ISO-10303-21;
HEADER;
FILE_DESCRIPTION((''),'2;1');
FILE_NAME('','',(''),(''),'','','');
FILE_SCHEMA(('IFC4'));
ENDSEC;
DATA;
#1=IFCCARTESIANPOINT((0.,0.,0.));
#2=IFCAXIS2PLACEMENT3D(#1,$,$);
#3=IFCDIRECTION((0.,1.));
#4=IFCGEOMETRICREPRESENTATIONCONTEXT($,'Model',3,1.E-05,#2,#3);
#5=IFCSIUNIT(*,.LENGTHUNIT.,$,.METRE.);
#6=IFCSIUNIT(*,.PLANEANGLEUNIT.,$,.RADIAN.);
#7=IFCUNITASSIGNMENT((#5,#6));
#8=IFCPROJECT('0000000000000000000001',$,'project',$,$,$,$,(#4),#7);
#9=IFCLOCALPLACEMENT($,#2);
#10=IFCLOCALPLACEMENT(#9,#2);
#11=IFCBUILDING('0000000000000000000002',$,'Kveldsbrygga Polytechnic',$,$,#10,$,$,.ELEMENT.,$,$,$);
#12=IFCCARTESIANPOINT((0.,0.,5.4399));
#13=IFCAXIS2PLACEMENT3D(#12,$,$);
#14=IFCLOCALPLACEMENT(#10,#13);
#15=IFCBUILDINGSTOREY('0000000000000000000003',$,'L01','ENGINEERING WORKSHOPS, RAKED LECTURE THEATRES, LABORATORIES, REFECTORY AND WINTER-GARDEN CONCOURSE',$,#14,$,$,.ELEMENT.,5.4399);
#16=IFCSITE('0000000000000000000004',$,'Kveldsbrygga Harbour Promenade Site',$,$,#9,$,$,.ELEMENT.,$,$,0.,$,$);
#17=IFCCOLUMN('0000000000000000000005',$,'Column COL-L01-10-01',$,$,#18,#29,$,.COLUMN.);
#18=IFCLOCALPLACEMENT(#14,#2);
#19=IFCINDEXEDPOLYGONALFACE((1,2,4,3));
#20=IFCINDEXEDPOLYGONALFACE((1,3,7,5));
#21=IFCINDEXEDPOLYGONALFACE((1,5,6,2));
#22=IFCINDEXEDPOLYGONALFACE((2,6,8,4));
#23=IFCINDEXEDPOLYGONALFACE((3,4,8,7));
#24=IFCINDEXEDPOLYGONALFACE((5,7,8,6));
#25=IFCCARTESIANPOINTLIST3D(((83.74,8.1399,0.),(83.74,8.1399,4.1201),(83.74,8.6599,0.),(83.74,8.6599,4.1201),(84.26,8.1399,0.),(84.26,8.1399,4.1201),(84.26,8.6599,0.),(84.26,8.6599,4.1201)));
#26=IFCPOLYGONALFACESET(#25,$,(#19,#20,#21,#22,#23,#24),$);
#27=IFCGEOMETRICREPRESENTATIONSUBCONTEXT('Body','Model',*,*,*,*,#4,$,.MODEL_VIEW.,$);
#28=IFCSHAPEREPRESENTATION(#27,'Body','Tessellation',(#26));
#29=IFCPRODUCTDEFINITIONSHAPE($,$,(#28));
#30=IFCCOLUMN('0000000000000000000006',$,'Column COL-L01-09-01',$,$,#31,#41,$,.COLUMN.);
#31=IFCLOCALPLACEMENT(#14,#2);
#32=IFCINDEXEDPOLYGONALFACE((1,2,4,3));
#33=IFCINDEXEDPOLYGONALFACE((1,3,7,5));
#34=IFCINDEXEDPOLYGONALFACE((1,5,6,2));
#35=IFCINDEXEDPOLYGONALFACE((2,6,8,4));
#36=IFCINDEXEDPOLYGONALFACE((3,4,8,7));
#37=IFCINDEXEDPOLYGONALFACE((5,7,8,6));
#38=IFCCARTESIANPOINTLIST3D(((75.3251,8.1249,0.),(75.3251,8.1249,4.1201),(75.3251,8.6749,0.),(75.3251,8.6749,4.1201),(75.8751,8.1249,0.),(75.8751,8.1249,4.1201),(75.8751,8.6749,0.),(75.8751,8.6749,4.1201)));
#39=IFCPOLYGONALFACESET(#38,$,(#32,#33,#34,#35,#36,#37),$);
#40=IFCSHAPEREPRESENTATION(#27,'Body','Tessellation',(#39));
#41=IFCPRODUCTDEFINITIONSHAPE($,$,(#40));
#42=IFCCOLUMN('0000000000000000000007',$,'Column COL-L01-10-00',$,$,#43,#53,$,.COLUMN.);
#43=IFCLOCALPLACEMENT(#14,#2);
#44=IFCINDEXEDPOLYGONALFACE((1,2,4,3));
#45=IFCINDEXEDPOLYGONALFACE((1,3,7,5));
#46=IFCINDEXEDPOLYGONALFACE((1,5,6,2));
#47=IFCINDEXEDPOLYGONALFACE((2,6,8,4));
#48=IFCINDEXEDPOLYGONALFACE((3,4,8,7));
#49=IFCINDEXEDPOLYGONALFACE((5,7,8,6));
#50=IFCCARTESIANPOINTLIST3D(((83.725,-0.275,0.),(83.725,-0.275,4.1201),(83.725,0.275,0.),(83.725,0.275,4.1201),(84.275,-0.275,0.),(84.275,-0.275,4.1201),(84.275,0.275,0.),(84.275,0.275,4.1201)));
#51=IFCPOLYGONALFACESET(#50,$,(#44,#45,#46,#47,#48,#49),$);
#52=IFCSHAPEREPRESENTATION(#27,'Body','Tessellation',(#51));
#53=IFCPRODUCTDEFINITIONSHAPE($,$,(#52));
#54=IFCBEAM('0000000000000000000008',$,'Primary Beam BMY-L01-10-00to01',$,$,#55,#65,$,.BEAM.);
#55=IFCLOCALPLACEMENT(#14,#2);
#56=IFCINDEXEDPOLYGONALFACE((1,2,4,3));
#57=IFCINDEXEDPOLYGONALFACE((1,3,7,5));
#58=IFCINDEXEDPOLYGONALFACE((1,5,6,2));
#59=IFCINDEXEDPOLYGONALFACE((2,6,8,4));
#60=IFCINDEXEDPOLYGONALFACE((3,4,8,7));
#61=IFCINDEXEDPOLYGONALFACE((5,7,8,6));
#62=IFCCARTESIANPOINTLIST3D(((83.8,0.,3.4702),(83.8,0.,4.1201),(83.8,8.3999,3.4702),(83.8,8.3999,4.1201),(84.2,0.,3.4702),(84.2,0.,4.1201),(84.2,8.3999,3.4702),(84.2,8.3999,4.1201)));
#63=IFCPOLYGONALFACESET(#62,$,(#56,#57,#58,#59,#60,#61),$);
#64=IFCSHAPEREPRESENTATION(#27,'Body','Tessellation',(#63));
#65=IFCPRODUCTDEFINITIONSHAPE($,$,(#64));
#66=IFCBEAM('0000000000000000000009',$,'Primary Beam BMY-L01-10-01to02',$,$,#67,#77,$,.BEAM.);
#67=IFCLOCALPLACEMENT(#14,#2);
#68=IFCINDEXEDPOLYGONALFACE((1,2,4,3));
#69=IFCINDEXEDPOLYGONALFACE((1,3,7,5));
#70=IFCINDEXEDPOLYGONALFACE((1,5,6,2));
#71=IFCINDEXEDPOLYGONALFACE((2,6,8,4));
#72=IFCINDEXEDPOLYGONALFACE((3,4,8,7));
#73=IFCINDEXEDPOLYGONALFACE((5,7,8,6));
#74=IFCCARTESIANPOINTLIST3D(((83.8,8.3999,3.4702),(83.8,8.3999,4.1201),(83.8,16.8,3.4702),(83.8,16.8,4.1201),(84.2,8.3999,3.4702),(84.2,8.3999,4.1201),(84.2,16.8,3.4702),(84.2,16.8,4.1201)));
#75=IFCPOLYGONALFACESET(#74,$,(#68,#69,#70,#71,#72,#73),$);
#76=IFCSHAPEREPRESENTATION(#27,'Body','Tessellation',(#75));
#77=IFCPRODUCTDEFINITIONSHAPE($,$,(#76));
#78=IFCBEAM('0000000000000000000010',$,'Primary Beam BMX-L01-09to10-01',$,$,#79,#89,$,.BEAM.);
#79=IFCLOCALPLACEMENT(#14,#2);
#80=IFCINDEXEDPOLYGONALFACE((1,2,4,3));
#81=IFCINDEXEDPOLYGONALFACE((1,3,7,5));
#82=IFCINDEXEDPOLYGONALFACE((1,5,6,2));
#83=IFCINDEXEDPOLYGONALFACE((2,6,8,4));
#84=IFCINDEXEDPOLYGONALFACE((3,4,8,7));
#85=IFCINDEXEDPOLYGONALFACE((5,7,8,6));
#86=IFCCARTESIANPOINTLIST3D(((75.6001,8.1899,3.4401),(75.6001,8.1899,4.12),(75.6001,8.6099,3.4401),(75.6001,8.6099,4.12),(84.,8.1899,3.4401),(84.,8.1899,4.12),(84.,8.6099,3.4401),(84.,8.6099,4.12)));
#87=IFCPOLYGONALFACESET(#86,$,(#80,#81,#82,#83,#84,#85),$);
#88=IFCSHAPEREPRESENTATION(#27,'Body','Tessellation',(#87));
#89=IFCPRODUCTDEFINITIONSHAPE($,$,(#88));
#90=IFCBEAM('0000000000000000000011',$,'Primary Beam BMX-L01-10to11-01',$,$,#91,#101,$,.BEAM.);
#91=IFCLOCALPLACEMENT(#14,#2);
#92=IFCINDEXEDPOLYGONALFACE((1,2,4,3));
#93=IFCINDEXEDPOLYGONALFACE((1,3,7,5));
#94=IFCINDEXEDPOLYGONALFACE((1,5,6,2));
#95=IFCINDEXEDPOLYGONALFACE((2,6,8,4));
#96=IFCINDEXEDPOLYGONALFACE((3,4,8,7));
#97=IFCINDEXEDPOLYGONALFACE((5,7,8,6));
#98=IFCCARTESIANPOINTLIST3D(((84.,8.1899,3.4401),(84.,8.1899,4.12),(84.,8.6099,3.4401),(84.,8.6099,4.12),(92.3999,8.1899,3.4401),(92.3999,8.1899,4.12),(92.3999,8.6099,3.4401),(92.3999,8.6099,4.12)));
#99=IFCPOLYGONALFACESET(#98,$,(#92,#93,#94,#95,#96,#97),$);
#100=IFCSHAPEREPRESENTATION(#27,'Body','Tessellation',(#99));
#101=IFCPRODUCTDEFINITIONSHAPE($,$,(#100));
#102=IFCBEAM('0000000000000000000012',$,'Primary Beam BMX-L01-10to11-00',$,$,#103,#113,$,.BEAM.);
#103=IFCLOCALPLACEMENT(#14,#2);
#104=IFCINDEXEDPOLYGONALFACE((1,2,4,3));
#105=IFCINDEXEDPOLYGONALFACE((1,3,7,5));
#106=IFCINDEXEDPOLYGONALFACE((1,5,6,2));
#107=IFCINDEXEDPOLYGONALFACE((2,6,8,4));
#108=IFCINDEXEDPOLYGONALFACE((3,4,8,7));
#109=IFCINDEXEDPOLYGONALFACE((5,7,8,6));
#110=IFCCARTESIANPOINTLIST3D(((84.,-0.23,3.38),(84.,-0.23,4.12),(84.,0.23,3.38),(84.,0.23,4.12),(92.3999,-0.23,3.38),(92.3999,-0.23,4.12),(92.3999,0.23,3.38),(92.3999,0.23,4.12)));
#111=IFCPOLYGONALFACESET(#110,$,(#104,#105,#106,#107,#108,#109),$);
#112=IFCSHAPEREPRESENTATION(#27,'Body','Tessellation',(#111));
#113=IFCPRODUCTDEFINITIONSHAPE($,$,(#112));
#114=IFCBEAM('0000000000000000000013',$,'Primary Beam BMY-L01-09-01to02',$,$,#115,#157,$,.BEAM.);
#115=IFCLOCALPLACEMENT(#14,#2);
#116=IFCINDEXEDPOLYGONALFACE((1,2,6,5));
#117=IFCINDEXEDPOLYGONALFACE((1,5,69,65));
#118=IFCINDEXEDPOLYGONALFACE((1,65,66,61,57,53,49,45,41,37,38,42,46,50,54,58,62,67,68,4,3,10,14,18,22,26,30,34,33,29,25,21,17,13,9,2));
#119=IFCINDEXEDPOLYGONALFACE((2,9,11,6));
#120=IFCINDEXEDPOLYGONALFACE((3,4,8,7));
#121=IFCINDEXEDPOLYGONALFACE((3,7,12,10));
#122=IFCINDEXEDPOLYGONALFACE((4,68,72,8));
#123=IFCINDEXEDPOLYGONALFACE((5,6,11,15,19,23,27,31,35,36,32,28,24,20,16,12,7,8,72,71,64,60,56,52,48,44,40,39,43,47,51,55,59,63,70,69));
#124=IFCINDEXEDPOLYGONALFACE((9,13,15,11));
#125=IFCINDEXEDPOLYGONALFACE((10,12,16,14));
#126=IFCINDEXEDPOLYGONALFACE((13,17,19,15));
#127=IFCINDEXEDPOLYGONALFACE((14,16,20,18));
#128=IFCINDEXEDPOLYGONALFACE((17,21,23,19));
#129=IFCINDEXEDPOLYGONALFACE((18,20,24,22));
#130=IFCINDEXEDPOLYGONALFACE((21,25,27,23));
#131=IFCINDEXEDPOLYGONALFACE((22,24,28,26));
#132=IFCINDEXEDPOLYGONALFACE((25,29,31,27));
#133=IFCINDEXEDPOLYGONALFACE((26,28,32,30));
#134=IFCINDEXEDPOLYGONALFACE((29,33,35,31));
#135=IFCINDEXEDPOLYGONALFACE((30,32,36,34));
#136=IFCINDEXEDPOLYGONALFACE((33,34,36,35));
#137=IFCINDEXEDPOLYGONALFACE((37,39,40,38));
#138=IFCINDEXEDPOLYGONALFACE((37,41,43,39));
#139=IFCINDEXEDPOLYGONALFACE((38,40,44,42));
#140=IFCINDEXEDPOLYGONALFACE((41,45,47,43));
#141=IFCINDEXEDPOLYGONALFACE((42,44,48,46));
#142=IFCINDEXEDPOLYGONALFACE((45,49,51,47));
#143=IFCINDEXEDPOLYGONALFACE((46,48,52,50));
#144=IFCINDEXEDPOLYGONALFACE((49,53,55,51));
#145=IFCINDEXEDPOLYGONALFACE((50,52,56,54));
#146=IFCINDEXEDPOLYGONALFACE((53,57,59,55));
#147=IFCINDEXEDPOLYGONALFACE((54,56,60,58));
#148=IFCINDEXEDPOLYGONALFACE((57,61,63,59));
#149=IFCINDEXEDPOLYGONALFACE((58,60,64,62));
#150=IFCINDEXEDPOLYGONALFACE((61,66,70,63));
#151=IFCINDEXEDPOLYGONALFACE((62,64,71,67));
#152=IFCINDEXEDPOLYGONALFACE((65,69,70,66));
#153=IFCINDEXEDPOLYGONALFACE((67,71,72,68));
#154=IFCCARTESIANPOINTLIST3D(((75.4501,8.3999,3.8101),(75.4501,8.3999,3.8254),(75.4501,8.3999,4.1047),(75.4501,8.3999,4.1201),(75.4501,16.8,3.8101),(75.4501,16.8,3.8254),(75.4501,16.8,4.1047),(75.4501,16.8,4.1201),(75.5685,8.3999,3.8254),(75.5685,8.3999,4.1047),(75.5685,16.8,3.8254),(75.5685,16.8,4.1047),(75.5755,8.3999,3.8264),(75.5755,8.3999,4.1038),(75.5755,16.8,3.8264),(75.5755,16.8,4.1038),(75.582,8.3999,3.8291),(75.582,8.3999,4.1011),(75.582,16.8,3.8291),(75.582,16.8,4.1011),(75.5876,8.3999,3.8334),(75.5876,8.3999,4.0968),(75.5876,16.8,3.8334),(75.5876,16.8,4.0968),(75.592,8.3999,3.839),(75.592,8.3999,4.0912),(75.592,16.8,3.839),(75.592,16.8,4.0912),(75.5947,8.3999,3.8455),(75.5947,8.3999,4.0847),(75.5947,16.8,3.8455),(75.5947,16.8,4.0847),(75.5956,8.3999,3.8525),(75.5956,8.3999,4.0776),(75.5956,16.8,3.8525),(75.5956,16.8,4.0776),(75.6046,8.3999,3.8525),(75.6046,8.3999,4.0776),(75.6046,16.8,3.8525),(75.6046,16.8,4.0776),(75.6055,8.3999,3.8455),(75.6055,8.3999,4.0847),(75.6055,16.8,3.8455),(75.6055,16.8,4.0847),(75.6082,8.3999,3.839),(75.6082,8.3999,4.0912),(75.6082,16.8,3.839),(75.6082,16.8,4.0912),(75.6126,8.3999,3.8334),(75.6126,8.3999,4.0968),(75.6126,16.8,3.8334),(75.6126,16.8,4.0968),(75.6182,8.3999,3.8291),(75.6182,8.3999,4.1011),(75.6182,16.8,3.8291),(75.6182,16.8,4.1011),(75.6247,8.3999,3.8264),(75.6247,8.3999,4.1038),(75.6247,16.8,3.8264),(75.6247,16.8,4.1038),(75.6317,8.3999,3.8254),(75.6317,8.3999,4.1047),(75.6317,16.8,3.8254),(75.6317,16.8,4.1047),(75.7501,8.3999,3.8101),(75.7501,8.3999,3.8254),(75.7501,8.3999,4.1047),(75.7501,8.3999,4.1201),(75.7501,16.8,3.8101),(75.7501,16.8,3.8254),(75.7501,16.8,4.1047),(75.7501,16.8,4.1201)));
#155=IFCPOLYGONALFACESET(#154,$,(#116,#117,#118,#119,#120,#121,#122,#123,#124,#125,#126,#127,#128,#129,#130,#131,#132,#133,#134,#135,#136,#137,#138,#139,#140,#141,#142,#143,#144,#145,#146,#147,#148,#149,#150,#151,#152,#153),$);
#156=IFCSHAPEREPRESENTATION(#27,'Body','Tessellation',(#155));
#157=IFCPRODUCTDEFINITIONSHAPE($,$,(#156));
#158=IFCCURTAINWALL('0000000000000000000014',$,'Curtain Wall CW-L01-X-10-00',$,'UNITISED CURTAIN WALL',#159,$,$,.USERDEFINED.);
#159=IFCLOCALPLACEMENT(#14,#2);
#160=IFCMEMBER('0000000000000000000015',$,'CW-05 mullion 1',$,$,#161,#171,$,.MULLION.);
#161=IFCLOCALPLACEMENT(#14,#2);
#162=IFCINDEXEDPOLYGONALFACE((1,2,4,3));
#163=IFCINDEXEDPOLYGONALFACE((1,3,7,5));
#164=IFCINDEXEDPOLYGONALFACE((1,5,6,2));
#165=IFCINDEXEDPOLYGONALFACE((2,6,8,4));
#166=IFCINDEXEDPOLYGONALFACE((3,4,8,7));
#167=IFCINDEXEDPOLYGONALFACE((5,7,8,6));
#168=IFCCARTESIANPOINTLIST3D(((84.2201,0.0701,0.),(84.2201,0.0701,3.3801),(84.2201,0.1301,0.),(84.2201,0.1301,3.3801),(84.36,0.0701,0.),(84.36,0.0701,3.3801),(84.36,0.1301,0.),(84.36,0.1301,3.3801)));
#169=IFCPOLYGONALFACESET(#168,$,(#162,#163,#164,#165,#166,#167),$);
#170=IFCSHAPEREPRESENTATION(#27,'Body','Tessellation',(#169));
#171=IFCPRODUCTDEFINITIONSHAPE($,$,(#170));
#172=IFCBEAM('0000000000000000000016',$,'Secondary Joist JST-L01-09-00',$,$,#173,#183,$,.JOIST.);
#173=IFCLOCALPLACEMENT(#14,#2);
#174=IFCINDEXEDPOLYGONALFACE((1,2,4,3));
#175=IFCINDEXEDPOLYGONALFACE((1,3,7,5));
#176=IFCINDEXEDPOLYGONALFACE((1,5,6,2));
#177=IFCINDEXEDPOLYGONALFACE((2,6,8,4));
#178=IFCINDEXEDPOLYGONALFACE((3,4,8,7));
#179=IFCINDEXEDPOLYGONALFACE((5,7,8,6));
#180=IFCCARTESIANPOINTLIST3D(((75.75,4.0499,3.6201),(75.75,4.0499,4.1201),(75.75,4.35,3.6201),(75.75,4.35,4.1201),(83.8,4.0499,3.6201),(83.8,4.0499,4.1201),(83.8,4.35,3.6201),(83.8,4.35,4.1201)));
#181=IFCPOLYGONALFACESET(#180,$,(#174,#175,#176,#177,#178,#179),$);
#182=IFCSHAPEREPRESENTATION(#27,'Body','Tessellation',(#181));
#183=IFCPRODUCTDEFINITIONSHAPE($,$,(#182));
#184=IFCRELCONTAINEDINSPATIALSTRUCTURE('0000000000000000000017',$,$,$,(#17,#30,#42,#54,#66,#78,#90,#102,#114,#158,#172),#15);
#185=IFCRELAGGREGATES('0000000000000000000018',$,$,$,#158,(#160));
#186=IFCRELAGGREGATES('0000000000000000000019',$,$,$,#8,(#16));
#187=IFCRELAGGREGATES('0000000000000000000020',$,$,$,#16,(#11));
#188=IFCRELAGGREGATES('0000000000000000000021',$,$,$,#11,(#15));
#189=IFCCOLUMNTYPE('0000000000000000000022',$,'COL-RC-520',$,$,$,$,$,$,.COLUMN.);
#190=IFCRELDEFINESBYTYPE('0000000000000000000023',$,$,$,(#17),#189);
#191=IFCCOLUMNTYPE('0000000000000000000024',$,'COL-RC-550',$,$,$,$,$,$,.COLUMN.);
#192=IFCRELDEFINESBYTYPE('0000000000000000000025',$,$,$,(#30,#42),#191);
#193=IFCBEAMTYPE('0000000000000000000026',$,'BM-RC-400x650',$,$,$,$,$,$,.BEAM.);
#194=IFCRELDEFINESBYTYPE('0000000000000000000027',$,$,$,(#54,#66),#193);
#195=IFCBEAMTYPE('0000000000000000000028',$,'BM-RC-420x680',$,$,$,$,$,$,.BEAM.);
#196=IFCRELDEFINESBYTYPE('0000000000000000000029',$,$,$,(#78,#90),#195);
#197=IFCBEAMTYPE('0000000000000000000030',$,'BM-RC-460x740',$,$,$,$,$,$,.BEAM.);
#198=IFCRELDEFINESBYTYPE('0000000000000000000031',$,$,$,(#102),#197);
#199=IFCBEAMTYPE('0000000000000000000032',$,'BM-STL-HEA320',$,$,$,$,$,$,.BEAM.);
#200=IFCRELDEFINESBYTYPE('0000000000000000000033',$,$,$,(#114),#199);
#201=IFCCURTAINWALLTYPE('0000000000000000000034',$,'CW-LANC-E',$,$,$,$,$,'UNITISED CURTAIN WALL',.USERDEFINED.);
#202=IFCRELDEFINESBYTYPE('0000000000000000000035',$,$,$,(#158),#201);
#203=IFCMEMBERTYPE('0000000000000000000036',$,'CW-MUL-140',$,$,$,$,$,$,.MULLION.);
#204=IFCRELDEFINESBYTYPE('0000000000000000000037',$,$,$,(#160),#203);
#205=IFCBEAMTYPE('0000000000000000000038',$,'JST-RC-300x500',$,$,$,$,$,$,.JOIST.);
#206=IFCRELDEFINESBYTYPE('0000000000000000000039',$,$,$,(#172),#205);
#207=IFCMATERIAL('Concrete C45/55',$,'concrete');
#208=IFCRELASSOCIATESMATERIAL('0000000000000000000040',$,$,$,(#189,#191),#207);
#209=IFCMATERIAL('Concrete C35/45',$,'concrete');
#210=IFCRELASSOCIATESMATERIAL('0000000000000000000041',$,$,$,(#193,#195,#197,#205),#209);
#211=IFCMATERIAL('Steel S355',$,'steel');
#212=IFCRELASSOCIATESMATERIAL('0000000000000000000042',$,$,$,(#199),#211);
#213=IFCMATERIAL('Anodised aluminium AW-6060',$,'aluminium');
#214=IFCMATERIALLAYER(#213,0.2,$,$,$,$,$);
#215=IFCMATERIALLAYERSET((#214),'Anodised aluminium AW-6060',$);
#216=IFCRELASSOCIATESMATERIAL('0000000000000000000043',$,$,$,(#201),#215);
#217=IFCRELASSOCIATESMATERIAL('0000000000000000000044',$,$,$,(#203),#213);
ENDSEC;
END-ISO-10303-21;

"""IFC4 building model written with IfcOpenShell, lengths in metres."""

from ifc_helpers import new_model, si_unit, direction, frame, origin, origin_2d, place, context, subcontext, project, spatial, rectangle, i_section, extrude, material, layer, layer_set, material_profile, profile_set, type_object, element, aggregate, save


model = new_model("IFC4")

# Units and contexts
model_context = context("Model", 3, precision=1e-05, world=origin(), true_north=direction((0.0, 1.0)))
body_context = subcontext(model_context, "Body", "Model", "MODEL_VIEW")
ifc_project = project(units=[si_unit("LENGTHUNIT", "METRE"), si_unit("PLANEANGLEUNIT", "RADIAN")], contexts=[model_context])

# Site, building, storey
site_placement = place(None, origin())
site = spatial("IfcSite", under=ifc_project, at=site_placement, Name="Kveldsbrygga Harbour Promenade Site", CompositionType="ELEMENT", RefElevation=0.0)
building_placement = place(site_placement, origin())
building = spatial("IfcBuilding", under=site, at=building_placement, Name="Kveldsbrygga Polytechnic", CompositionType="ELEMENT")
storey_placement = place(building_placement, frame((0.0, 0.0, 5.4399)))
storey = spatial("IfcBuildingStorey", under=building, at=storey_placement, Name="L01", Description="ENGINEERING WORKSHOPS, RAKED LECTURE THEATRES, LABORATORIES, REFECTORY AND WINTER-GARDEN CONCOURSE", CompositionType="ELEMENT", Elevation=5.4399)

# Columns
ifc_material_1 = material(Name="Concrete C45/55", Category="concrete")
ifc_material_profile_1 = material_profile(ifc_material_1, rectangle(XDim=0.52, YDim=0.52, at=origin_2d()), Name="RC 520x520")
ifc_profile_set_1 = profile_set([ifc_material_profile_1], Name="Concrete C45/55")
column_type_1 = type_object("IfcColumnType", Name="COL-RC-520", PredefinedType="COLUMN", material=ifc_profile_set_1)
column_placement = place(storey_placement, frame((84.0, 8.3999, 0.0), z_axis=(0.0, 0.0, 1.0), x_axis=(1.0, 0.0, 0.0)))
element("IfcColumn", 1, at=column_placement, inside=storey, type_object=column_type_1, Name="Column COL-L01-10-01", PredefinedType="COLUMN", context=body_context, shape_type="SweptSolid", body=[
    extrude(rectangle(XDim=0.52, YDim=0.52, at=origin_2d()), origin(), (0.0, 0.0, 1.0), 4.1201),
])
ifc_material_profile_2 = material_profile(ifc_material_1, rectangle(XDim=0.55, YDim=0.55, at=origin_2d()), Name="RC 550x550")
ifc_profile_set_2 = profile_set([ifc_material_profile_2], Name="Concrete C45/55")
column_type_2 = type_object("IfcColumnType", Name="COL-RC-550", PredefinedType="COLUMN", material=ifc_profile_set_2)
for number, where, z_axis, x_axis, name in (
    (2, (75.6001, 8.3999, 0.0), (0.0, 0.0, 1.0), (1.0, 0.0, 0.0), "Column COL-L01-09-01"),
    (3, (84.0, 0.0, 0.0), (0.0, 0.0, 1.0), (1.0, 0.0, 0.0), "Column COL-L01-10-00"),
):
    element("IfcColumn", number, at=place(storey_placement, frame(where, z_axis=z_axis, x_axis=x_axis)), inside=storey, type_object=column_type_2, Name=name, PredefinedType="COLUMN", context=body_context, shape_type="SweptSolid", body=[
        extrude(rectangle(XDim=0.55, YDim=0.55, at=origin_2d()), origin(), (0.0, 0.0, 1.0), 4.1201),
    ])

# Beams
ifc_material_2 = material(Name="Concrete C35/45", Category="concrete")
ifc_material_profile_3 = material_profile(ifc_material_2, rectangle(XDim=0.3999, YDim=0.6499, at=origin_2d()), Name="RC 400x650")
ifc_profile_set_3 = profile_set([ifc_material_profile_3], Name="Concrete C35/45")
beam_type_1 = type_object("IfcBeamType", Name="BM-RC-400x650", PredefinedType="BEAM", material=ifc_profile_set_3)
beam_1_placement = place(storey_placement, frame((84.0, 0.0, 3.7952), z_axis=(0.0, 1.0, 0.0), x_axis=(-1.0, 0.0, 0.0)))
element("IfcBeam", 4, at=beam_1_placement, inside=storey, type_object=beam_type_1, Name="Primary Beam BMY-L01-10-00to01", PredefinedType="BEAM", context=body_context, shape_type="SweptSolid", body=[
    extrude(rectangle(XDim=0.3999, YDim=0.6499, at=origin_2d()), origin(), (0.0, 0.0, 1.0), 8.3999),
])
beam_2_placement = place(storey_placement, frame((84.0, 8.3999, 3.7952), z_axis=(0.0, 1.0, 0.0), x_axis=(-1.0, 0.0, 0.0)))
element("IfcBeam", 5, at=beam_2_placement, inside=storey, type_object=beam_type_1, Name="Primary Beam BMY-L01-10-01to02", PredefinedType="BEAM", context=body_context, shape_type="SweptSolid", body=[
    extrude(rectangle(XDim=0.3999, YDim=0.6499, at=origin_2d()), origin(), (0.0, 0.0, 1.0), 8.4001),
])
ifc_material_profile_4 = material_profile(ifc_material_2, rectangle(XDim=0.4199, YDim=0.6799, at=origin_2d()), Name="RC 420x680")
ifc_profile_set_4 = profile_set([ifc_material_profile_4], Name="Concrete C35/45")
beam_type_2 = type_object("IfcBeamType", Name="BM-RC-420x680", PredefinedType="BEAM", material=ifc_profile_set_4)
for number, where, z_axis, x_axis, name in (
    (6, (75.6001, 8.3999, 3.78), (1.0, 0.0, 0.0), (0.0, 1.0, 0.0), "Primary Beam BMX-L01-09to10-01"),
    (7, (84.0, 8.3999, 3.78), (1.0, 0.0, 0.0), (0.0, 1.0, 0.0), "Primary Beam BMX-L01-10to11-01"),
):
    element("IfcBeam", number, at=place(storey_placement, frame(where, z_axis=z_axis, x_axis=x_axis)), inside=storey, type_object=beam_type_2, Name=name, PredefinedType="BEAM", context=body_context, shape_type="SweptSolid", body=[
        extrude(rectangle(XDim=0.4199, YDim=0.6799, at=origin_2d()), origin(), (0.0, 0.0, 1.0), 8.3999),
    ])
ifc_material_profile_5 = material_profile(ifc_material_2, rectangle(XDim=0.46, YDim=0.74, at=origin_2d()), Name="RC 460x740")
ifc_profile_set_5 = profile_set([ifc_material_profile_5], Name="Concrete C35/45")
beam_type_3 = type_object("IfcBeamType", Name="BM-RC-460x740", PredefinedType="BEAM", material=ifc_profile_set_5)
beam_3_placement = place(storey_placement, frame((84.0, 0.0, 3.75), z_axis=(1.0, 0.0, 0.0), x_axis=(0.0, 1.0, 0.0)))
element("IfcBeam", 8, at=beam_3_placement, inside=storey, type_object=beam_type_3, Name="Primary Beam BMX-L01-10to11-00", PredefinedType="BEAM", context=body_context, shape_type="SweptSolid", body=[
    extrude(rectangle(XDim=0.46, YDim=0.74, at=origin_2d()), origin(), (0.0, 0.0, 1.0), 8.3999),
])
ifc_material_3 = material(Name="Steel S355", Category="steel")
ifc_material_profile_6 = material_profile(ifc_material_3, i_section(OverallWidth=0.3, OverallDepth=0.3101, WebThickness=0.009, FlangeThickness=0.0154, FilletRadius=0.0271, at=origin_2d()), Name="HEA 320")
ifc_profile_set_6 = profile_set([ifc_material_profile_6], Name="Steel S355")
beam_type_4 = type_object("IfcBeamType", Name="BM-STL-HEA320", PredefinedType="BEAM", material=ifc_profile_set_6)
beam_4_placement = place(storey_placement, frame((75.6001, 8.3999, 3.9651), z_axis=(0.0, 1.0, 0.0), x_axis=(-1.0, 0.0, 0.0)))
element("IfcBeam", 9, at=beam_4_placement, inside=storey, type_object=beam_type_4, Name="Primary Beam BMY-L01-09-01to02", PredefinedType="BEAM", context=body_context, shape_type="SweptSolid", body=[
    extrude(i_section(OverallWidth=0.3, OverallDepth=0.3101, WebThickness=0.009, FlangeThickness=0.0154, FilletRadius=0.0271, at=origin_2d()), origin(), (0.0, 0.0, 1.0), 8.4001),
])

# Curtain wall, member
ifc_material_4 = material(Name="Anodised aluminium AW-6060", Category="aluminium")
ifc_layer_1 = layer(ifc_material_4, 0.2)
ifc_layer_set_1 = layer_set([ifc_layer_1], Name="Anodised aluminium AW-6060")
curtain_wall_type = type_object("IfcCurtainWallType", Name="CW-LANC-E", ElementType="UNITISED CURTAIN WALL", PredefinedType="USERDEFINED", material=ifc_layer_set_1)
curtain_wall_placement = place(storey_placement, origin())
curtain_wall = element("IfcCurtainWall", 10, at=curtain_wall_placement, inside=storey, type_object=curtain_wall_type, Name="Curtain Wall CW-L01-X-10-00", ObjectType="UNITISED CURTAIN WALL", PredefinedType="USERDEFINED")
ifc_material_profile_7 = material_profile(ifc_material_4, rectangle(XDim=0.0601, YDim=0.1399, at=origin_2d()), Name="ALU 60x140")
ifc_profile_set_7 = profile_set([ifc_material_profile_7], Name="Anodised aluminium AW-6060")
member_type = type_object("IfcMemberType", Name="CW-MUL-140", PredefinedType="MULLION", material=ifc_profile_set_7)
member_placement = place(storey_placement, frame((84.29, 0.1001, 0.0), z_axis=(0.0, 0.0, 1.0), x_axis=(0.0, 1.0, 0.0)))
member = element("IfcMember", 11, at=member_placement, type_object=member_type, Name="CW-05 mullion 1", PredefinedType="MULLION", context=body_context, shape_type="SweptSolid", body=[
    extrude(rectangle(XDim=0.0601, YDim=0.1399, at=origin_2d()), origin(), (0.0, 0.0, 1.0), 3.3801),
])
aggregate(curtain_wall, [member])

# Beam
ifc_material_profile_8 = material_profile(ifc_material_2, rectangle(XDim=0.3, YDim=0.5, at=origin_2d()), Name="RC 300x500")
ifc_profile_set_8 = profile_set([ifc_material_profile_8], Name="Concrete C35/45")
beam_type_5 = type_object("IfcBeamType", Name="JST-RC-300x500", PredefinedType="JOIST", material=ifc_profile_set_8)
beam_5_placement = place(storey_placement, frame((75.75, 4.2, 3.8701), z_axis=(1.0, 0.0, 0.0), x_axis=(0.0, 1.0, 0.0)))
element("IfcBeam", 12, at=beam_5_placement, inside=storey, type_object=beam_type_5, Name="Secondary Joist JST-L01-09-00", PredefinedType="JOIST", context=body_context, shape_type="SweptSolid", body=[
    extrude(rectangle(XDim=0.3, YDim=0.5, at=origin_2d()), origin(), (0.0, 0.0, 1.0), 8.05),
])

save(model, "model.ifc")
